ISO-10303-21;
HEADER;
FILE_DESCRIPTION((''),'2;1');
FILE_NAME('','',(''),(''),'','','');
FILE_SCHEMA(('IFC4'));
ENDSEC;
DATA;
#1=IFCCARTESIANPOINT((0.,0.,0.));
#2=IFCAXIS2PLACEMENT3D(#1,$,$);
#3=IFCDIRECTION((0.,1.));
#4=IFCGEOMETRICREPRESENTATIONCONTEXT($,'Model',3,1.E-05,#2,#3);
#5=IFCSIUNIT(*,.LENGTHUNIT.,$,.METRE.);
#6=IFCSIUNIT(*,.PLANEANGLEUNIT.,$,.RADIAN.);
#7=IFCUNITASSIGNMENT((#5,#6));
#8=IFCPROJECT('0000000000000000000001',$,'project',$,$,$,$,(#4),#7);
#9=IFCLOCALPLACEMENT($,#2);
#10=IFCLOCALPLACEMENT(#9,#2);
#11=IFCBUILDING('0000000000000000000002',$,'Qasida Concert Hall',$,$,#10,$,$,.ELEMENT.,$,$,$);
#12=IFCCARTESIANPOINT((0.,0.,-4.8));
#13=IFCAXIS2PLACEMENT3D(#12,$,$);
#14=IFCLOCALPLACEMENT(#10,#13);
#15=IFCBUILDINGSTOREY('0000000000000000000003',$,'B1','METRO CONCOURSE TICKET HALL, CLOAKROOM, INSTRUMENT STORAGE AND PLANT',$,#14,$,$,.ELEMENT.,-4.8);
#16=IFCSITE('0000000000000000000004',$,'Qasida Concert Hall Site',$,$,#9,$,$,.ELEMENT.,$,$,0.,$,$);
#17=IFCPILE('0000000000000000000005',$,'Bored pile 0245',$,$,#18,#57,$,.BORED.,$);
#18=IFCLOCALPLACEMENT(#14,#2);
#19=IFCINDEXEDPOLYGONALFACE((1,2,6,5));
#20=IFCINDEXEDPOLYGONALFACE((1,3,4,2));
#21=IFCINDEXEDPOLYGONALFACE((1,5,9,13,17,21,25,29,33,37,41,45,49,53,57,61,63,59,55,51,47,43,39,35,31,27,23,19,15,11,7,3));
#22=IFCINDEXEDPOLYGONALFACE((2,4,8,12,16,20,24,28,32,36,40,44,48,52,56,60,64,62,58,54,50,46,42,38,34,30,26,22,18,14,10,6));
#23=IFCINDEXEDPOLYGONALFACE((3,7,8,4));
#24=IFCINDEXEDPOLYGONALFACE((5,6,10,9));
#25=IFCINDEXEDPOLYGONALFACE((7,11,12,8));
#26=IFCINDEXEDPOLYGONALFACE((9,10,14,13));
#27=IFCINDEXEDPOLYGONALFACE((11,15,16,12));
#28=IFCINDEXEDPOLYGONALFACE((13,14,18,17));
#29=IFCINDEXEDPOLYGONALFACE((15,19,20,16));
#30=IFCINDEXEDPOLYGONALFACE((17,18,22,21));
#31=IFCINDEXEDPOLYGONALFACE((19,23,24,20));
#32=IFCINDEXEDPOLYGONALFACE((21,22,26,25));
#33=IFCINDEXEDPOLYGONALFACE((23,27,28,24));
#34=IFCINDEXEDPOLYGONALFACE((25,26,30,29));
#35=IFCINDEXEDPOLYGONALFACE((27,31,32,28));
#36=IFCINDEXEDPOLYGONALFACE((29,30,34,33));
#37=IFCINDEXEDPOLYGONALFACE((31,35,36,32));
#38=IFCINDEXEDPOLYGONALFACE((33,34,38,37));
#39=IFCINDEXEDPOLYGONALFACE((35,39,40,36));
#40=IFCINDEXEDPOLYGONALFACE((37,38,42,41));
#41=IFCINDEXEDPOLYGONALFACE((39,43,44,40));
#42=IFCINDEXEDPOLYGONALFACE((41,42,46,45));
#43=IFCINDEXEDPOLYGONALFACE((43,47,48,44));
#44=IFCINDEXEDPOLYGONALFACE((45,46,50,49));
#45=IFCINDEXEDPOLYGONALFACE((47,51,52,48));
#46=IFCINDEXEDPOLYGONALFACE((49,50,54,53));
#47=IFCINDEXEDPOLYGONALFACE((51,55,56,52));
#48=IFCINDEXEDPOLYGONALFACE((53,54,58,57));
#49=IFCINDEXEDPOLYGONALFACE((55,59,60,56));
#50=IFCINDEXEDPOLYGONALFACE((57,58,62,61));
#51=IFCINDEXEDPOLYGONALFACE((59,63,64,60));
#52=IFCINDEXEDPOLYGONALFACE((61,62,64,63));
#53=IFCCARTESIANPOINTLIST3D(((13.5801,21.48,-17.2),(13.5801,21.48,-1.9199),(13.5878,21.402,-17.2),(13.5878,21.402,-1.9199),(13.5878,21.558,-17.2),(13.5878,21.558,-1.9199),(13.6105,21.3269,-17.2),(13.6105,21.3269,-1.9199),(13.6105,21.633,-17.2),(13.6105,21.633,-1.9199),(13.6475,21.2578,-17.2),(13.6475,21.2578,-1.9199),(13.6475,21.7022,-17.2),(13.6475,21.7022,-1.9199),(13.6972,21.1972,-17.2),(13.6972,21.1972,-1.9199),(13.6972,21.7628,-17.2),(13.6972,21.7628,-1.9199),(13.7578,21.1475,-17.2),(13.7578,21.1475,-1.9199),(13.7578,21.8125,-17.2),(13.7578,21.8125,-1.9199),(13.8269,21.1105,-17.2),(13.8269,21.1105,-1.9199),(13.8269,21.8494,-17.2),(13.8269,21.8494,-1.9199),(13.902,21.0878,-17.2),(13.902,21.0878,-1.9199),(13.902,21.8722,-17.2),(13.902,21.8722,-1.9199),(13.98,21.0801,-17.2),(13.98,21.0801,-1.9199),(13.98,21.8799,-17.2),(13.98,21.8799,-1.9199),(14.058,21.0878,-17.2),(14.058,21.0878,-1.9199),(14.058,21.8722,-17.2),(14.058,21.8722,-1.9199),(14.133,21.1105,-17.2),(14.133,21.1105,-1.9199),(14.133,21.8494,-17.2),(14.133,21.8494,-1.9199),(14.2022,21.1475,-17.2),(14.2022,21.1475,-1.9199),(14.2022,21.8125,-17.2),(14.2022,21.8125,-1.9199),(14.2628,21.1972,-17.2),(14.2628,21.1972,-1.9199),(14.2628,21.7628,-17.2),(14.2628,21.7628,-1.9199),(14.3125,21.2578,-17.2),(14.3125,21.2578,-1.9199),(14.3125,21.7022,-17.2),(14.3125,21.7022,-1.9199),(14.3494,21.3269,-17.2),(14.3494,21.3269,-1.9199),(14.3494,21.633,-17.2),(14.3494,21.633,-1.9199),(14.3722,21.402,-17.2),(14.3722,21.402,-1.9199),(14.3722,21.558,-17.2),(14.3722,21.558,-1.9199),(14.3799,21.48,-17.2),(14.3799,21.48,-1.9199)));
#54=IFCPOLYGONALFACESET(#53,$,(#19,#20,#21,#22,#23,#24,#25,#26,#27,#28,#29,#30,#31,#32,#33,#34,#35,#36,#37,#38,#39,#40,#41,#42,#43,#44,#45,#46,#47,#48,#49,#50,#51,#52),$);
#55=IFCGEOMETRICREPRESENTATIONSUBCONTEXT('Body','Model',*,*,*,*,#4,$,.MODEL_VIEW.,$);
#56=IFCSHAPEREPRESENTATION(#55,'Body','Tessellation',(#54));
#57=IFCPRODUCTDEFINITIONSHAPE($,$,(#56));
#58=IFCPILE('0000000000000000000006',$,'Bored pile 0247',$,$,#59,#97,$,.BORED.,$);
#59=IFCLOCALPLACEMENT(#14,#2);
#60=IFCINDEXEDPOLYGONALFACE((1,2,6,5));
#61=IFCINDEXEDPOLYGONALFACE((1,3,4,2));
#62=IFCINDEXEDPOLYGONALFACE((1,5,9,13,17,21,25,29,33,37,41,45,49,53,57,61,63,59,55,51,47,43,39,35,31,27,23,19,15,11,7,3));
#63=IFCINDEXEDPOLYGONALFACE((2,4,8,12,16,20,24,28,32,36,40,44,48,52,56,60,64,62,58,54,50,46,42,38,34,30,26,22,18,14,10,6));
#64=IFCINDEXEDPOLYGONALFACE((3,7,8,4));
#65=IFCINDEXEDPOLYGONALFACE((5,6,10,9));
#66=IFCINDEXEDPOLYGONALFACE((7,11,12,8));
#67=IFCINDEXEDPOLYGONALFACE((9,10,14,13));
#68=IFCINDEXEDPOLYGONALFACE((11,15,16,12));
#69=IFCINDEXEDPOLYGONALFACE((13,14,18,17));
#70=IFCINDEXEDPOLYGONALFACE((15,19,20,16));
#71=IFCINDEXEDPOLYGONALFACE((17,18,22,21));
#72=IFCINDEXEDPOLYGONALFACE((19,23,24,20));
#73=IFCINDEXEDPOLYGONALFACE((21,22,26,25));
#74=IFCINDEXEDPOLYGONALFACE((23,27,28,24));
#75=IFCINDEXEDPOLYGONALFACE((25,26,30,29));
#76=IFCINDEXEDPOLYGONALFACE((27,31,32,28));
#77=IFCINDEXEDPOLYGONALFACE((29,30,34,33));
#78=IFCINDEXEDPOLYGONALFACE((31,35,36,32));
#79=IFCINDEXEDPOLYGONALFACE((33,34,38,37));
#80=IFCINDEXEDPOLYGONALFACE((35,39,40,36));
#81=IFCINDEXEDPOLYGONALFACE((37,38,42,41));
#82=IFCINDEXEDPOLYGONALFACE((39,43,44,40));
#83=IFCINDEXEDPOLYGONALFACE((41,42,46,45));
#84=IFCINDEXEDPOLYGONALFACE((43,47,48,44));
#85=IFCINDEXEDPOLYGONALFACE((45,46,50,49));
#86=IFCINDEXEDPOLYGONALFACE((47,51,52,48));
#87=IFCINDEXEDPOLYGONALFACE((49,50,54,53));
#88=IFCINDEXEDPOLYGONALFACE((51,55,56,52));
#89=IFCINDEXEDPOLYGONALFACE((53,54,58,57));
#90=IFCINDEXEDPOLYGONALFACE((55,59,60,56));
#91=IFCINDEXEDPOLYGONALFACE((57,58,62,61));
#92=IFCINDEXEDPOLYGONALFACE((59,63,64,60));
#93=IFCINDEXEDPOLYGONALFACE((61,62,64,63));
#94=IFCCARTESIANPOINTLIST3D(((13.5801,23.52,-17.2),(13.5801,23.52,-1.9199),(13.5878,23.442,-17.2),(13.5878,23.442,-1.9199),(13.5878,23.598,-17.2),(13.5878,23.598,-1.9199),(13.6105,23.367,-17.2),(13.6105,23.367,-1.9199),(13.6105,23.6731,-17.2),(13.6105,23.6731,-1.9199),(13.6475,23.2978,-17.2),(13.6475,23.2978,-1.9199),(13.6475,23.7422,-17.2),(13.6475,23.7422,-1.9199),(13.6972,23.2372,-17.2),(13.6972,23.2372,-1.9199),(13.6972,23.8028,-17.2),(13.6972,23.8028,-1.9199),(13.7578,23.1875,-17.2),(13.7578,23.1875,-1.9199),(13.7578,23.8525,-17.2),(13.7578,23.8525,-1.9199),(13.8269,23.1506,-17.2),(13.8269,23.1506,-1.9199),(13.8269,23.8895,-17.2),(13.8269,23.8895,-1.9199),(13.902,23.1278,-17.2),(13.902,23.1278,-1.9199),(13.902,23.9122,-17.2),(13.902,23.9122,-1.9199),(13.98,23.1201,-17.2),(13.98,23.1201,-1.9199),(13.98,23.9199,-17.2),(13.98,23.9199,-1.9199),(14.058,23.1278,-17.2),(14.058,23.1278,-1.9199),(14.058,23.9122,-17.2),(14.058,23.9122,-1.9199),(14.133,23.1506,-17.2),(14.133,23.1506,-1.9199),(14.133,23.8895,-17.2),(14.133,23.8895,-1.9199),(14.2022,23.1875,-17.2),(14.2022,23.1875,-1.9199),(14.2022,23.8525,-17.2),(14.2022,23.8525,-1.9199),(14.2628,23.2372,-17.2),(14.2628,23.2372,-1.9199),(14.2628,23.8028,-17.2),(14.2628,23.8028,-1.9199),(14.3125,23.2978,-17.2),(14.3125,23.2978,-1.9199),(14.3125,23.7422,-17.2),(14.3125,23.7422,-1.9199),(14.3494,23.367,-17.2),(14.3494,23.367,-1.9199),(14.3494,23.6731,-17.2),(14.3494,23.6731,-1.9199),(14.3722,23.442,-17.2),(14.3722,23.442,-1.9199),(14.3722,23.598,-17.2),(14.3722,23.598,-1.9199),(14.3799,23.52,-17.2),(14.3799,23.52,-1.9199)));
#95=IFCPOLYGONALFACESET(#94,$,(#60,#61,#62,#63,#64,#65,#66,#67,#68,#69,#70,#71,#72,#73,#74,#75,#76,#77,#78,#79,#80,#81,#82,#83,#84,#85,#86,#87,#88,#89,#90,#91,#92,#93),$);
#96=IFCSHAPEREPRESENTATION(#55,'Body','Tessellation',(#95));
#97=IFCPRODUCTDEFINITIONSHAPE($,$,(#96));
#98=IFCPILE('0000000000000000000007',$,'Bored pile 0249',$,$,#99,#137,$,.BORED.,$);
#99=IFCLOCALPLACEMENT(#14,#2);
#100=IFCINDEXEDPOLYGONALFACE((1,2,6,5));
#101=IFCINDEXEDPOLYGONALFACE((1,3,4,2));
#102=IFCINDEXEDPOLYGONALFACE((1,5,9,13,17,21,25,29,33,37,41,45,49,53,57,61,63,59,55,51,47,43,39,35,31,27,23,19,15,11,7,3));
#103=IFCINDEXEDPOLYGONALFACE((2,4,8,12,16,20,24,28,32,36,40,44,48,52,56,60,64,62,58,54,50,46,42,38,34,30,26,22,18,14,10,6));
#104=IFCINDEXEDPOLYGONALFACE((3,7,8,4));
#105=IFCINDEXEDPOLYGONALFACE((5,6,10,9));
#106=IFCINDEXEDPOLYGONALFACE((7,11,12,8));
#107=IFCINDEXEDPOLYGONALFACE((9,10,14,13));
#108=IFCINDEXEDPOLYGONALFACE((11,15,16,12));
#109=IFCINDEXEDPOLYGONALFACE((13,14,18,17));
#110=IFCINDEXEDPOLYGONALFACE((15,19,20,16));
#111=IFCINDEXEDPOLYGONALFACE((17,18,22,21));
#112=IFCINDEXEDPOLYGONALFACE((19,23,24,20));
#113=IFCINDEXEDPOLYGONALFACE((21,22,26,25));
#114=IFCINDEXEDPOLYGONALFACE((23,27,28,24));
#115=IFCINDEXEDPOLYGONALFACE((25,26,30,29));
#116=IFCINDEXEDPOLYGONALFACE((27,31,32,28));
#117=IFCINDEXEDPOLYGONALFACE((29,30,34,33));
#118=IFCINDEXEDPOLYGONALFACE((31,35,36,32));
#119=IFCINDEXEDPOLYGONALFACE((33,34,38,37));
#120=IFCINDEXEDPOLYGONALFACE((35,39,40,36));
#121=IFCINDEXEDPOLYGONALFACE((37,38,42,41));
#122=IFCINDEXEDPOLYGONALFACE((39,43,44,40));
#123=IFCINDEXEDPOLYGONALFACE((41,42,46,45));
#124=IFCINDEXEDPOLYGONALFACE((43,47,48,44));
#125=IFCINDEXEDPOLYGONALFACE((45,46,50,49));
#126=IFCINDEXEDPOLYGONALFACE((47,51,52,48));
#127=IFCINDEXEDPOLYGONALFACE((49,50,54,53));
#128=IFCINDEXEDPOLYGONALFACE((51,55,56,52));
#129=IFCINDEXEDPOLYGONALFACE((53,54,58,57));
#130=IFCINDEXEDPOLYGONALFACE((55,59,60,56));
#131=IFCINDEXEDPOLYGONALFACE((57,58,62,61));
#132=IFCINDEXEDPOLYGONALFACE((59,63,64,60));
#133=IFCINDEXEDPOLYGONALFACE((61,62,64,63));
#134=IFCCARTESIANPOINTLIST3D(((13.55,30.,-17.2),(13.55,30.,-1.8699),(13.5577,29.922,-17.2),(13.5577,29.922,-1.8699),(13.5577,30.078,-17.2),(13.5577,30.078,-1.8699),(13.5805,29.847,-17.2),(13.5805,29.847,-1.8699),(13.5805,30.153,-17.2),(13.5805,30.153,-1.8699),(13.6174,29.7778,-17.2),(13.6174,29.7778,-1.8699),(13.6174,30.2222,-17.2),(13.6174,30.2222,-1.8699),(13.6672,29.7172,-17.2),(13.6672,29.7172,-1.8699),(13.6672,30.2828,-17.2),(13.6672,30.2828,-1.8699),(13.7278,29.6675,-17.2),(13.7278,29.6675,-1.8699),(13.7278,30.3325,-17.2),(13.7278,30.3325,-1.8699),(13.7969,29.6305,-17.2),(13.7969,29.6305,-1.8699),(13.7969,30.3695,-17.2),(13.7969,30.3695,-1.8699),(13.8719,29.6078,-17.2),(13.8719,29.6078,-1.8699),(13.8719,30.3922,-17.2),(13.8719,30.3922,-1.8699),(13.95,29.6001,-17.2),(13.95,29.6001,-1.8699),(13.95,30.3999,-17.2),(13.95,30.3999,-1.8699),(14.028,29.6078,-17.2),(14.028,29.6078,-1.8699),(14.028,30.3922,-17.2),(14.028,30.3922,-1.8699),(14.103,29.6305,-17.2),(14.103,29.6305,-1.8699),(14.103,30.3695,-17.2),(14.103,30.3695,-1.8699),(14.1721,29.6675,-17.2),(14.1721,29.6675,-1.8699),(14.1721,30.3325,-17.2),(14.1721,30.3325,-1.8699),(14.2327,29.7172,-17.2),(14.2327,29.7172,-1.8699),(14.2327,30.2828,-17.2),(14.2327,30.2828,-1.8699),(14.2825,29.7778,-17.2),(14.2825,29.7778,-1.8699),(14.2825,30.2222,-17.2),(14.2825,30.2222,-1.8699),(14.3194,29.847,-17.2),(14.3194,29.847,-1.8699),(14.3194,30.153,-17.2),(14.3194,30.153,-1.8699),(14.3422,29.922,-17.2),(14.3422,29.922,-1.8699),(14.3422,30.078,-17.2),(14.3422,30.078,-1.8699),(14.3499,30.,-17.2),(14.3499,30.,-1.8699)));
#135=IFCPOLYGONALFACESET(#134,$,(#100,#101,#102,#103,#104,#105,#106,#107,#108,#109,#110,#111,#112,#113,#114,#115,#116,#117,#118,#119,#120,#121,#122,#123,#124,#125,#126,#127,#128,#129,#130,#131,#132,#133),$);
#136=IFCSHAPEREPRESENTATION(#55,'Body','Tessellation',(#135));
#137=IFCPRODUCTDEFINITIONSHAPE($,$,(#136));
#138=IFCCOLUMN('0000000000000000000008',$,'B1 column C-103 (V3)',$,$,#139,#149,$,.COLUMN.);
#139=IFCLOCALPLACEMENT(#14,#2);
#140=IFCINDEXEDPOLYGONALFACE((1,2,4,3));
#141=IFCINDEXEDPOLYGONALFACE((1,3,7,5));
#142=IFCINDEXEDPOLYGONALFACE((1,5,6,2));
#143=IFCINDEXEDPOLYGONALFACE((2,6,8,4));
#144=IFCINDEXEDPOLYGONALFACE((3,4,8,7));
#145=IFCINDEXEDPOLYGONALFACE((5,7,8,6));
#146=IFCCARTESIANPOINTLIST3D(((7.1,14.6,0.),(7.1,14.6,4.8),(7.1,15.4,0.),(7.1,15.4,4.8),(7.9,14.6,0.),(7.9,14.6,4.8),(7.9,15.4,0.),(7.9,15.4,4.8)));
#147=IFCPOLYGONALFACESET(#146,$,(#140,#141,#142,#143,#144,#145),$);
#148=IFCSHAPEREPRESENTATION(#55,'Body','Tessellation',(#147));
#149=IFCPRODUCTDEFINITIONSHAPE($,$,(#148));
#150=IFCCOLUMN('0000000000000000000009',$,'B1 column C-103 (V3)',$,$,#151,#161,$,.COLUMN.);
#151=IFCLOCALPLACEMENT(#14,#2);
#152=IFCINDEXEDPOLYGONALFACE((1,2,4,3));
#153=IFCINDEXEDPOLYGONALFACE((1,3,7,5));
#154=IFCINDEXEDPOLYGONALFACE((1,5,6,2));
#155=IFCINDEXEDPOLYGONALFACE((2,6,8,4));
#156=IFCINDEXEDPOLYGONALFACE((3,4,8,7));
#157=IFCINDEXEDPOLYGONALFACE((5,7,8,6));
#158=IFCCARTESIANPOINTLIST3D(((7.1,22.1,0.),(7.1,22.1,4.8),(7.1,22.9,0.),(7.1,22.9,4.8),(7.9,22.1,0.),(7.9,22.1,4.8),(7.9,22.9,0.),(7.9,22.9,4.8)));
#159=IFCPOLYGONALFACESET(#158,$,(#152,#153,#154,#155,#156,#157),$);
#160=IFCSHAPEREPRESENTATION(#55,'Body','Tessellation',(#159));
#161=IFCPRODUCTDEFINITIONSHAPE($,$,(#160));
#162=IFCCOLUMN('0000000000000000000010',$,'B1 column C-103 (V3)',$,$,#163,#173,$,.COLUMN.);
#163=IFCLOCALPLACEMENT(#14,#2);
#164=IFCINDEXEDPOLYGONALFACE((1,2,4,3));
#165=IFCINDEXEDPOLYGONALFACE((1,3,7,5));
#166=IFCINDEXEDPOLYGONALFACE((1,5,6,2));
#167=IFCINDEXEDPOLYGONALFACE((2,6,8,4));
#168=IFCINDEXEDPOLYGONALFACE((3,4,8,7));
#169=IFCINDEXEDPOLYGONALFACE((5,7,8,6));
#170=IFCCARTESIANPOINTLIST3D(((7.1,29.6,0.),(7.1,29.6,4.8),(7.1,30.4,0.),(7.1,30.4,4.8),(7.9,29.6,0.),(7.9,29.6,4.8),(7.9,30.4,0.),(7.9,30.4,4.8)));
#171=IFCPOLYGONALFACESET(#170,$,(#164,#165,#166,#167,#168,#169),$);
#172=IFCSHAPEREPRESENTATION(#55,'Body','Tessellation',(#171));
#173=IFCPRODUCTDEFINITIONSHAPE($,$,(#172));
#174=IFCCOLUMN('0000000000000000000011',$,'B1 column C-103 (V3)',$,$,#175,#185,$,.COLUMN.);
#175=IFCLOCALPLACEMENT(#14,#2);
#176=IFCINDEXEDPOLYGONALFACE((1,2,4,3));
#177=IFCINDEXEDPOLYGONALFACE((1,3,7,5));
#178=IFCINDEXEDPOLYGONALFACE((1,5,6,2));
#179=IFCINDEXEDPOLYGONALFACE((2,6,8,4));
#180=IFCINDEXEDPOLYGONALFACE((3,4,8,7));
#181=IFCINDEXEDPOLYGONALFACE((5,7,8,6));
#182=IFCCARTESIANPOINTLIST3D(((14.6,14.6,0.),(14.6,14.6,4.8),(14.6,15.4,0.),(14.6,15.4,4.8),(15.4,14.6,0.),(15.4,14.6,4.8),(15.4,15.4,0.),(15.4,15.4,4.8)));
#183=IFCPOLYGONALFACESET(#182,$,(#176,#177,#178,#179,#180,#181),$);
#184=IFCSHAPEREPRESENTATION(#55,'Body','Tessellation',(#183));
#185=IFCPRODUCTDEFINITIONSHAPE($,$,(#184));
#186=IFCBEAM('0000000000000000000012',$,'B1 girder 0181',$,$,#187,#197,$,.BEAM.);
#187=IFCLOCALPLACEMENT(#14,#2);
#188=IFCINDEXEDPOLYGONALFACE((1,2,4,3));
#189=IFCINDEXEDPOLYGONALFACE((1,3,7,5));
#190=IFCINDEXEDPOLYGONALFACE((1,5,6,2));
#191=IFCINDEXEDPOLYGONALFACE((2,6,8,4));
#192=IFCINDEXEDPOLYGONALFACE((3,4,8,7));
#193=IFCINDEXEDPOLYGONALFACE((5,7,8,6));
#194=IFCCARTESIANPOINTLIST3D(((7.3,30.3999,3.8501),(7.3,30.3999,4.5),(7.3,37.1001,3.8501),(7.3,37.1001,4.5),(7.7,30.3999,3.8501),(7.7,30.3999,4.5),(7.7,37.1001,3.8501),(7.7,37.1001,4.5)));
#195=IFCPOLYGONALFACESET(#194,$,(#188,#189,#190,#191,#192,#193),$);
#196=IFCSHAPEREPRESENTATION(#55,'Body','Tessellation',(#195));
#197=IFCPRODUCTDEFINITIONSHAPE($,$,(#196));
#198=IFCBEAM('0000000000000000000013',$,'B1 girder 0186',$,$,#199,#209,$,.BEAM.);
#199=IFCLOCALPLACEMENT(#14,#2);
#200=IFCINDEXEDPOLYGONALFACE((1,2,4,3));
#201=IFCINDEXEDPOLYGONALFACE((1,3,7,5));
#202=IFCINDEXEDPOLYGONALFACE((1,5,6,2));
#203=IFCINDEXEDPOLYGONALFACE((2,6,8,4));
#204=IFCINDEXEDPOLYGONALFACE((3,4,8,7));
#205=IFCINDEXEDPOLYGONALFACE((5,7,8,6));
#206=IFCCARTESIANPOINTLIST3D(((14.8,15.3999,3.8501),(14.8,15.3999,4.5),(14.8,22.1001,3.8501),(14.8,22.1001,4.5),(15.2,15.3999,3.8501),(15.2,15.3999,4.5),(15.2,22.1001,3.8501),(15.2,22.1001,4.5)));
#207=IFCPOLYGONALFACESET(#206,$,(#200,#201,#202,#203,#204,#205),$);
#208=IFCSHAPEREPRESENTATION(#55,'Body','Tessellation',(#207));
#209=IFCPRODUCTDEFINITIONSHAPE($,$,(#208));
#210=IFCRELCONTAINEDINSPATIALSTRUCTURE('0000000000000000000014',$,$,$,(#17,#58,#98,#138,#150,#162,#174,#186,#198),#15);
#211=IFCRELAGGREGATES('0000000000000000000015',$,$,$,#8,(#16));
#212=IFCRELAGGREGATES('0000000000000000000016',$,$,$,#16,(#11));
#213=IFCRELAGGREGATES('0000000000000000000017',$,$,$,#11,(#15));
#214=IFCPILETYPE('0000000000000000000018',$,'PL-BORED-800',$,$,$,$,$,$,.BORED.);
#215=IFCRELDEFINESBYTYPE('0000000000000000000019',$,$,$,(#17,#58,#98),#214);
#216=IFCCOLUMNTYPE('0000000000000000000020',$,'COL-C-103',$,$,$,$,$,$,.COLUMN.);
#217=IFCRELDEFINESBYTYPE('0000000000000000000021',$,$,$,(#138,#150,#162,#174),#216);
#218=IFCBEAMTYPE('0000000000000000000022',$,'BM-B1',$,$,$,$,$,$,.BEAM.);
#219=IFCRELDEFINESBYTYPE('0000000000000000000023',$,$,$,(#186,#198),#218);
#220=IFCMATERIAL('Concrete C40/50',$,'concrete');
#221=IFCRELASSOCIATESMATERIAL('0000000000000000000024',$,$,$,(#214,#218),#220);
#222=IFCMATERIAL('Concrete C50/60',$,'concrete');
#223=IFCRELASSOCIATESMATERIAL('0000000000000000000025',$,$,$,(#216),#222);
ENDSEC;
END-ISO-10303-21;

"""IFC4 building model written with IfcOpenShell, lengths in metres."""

from ifc_helpers import new_model, si_unit, direction, frame, origin, origin_2d, place, context, subcontext, project, spatial, rectangle, circle, extrude, material, material_profile, profile_set, type_object, element, save


model = new_model("IFC4")

# Units and contexts
model_context = context("Model", 3, precision=1e-05, world=origin(), true_north=direction((0.0, 1.0)))
body_context = subcontext(model_context, "Body", "Model", "MODEL_VIEW")
ifc_project = project(units=[si_unit("LENGTHUNIT", "METRE"), si_unit("PLANEANGLEUNIT", "RADIAN")], contexts=[model_context])

# Site, building, storey
site_placement = place(None, origin())
site = spatial("IfcSite", under=ifc_project, at=site_placement, Name="Qasida Concert Hall Site", CompositionType="ELEMENT", RefElevation=0.0)
building_placement = place(site_placement, origin())
building = spatial("IfcBuilding", under=site, at=building_placement, Name="Qasida Concert Hall", CompositionType="ELEMENT")
storey_placement = place(building_placement, frame((0.0, 0.0, -4.8)))
storey = spatial("IfcBuildingStorey", under=building, at=storey_placement, Name="B1", Description="METRO CONCOURSE TICKET HALL, CLOAKROOM, INSTRUMENT STORAGE AND PLANT", CompositionType="ELEMENT", Elevation=-4.8)

# Shared definitions
ifc_material_1 = material(Name="Concrete C40/50", Category="concrete")

# Piles
ifc_material_profile_1 = material_profile(ifc_material_1, circle(Radius=0.3999, at=origin_2d()), Name="BORED PILE D800")
ifc_profile_set_1 = profile_set([ifc_material_profile_1], Name="Concrete C40/50")
pile_type = type_object("IfcPileType", Name="PL-BORED-800", PredefinedType="BORED", material=ifc_profile_set_1)
for number, where, z_axis, x_axis, name in (
    (1, (13.98, 21.48, -1.9199), (0.0, 0.0, -1.0), (1.0, 0.0, 0.0), "Bored pile 0245"),
    (2, (13.98, 23.52, -1.9199), (0.0, 0.0, -1.0), (1.0, 0.0, 0.0), "Bored pile 0247"),
):
    element("IfcPile", number, at=place(storey_placement, frame(where, z_axis=z_axis, x_axis=x_axis)), inside=storey, type_object=pile_type, Name=name, PredefinedType="BORED", context=body_context, shape_type="SweptSolid", body=[
        extrude(circle(Radius=0.3999, at=origin_2d()), origin(), (0.0, 0.0, 1.0), 15.28),
    ])
pile_1_placement = place(storey_placement, frame((13.95, 30.0, -1.8699), z_axis=(0.0, 0.0, -1.0), x_axis=(1.0, 0.0, 0.0)))
element("IfcPile", 3, at=pile_1_placement, inside=storey, type_object=pile_type, Name="Bored pile 0249", PredefinedType="BORED", context=body_context, shape_type="SweptSolid", body=[
    extrude(circle(Radius=0.3999, at=origin_2d()), origin(), (0.0, 0.0, 1.0), 15.3301),
])

# Columns
ifc_material_2 = material(Name="Concrete C50/60", Category="concrete")
ifc_material_profile_2 = material_profile(ifc_material_2, rectangle(XDim=0.8, YDim=0.8, at=origin_2d()), Name="RC 800x800")
ifc_profile_set_2 = profile_set([ifc_material_profile_2], Name="Concrete C50/60")
column_type = type_object("IfcColumnType", Name="COL-C-103", PredefinedType="COLUMN", material=ifc_profile_set_2)
for number, where, z_axis, x_axis, name in (
    (4, (7.5, 15.0, 0.0), (0.0, 0.0, 1.0), (1.0, 0.0, 0.0), "B1 column C-103 (V3)"),
    (5, (7.5, 22.5, 0.0), (0.0, 0.0, 1.0), (1.0, 0.0, 0.0), "B1 column C-103 (V3)"),
    (6, (7.5, 30.0, 0.0), (0.0, 0.0, 1.0), (1.0, 0.0, 0.0), "B1 column C-103 (V3)"),
    (7, (15.0, 15.0, 0.0), (0.0, 0.0, 1.0), (1.0, 0.0, 0.0), "B1 column C-103 (V3)"),
):
    element("IfcColumn", number, at=place(storey_placement, frame(where, z_axis=z_axis, x_axis=x_axis)), inside=storey, type_object=column_type, Name=name, PredefinedType="COLUMN", context=body_context, shape_type="SweptSolid", body=[
        extrude(rectangle(XDim=0.8, YDim=0.8, at=origin_2d()), origin(), (0.0, 0.0, 1.0), 4.8),
    ])

# Beams
ifc_material_profile_3 = material_profile(ifc_material_1, rectangle(XDim=0.3999, YDim=0.6499, at=origin_2d()), Name="RC 400x650")
ifc_profile_set_3 = profile_set([ifc_material_profile_3], Name="Concrete C40/50")
beam_type_1 = type_object("IfcBeamType", Name="BM-B1", PredefinedType="BEAM", material=ifc_profile_set_3)
for number, where, z_axis, x_axis, name in (
    (8, (7.5, 30.3999, 4.175), (0.0, 1.0, 0.0), (-1.0, 0.0, 0.0), "B1 girder 0181"),
    (9, (15.0, 15.3999, 4.175), (0.0, 1.0, 0.0), (-1.0, 0.0, 0.0), "B1 girder 0186"),
):
    element("IfcBeam", number, at=place(storey_placement, frame(where, z_axis=z_axis, x_axis=x_axis)), inside=storey, type_object=beam_type_1, Name=name, PredefinedType="BEAM", context=body_context, shape_type="SweptSolid", body=[
        extrude(rectangle(XDim=0.3999, YDim=0.6499, at=origin_2d()), origin(), (0.0, 0.0, 1.0), 6.7002),
    ])

save(model, "model.ifc")
